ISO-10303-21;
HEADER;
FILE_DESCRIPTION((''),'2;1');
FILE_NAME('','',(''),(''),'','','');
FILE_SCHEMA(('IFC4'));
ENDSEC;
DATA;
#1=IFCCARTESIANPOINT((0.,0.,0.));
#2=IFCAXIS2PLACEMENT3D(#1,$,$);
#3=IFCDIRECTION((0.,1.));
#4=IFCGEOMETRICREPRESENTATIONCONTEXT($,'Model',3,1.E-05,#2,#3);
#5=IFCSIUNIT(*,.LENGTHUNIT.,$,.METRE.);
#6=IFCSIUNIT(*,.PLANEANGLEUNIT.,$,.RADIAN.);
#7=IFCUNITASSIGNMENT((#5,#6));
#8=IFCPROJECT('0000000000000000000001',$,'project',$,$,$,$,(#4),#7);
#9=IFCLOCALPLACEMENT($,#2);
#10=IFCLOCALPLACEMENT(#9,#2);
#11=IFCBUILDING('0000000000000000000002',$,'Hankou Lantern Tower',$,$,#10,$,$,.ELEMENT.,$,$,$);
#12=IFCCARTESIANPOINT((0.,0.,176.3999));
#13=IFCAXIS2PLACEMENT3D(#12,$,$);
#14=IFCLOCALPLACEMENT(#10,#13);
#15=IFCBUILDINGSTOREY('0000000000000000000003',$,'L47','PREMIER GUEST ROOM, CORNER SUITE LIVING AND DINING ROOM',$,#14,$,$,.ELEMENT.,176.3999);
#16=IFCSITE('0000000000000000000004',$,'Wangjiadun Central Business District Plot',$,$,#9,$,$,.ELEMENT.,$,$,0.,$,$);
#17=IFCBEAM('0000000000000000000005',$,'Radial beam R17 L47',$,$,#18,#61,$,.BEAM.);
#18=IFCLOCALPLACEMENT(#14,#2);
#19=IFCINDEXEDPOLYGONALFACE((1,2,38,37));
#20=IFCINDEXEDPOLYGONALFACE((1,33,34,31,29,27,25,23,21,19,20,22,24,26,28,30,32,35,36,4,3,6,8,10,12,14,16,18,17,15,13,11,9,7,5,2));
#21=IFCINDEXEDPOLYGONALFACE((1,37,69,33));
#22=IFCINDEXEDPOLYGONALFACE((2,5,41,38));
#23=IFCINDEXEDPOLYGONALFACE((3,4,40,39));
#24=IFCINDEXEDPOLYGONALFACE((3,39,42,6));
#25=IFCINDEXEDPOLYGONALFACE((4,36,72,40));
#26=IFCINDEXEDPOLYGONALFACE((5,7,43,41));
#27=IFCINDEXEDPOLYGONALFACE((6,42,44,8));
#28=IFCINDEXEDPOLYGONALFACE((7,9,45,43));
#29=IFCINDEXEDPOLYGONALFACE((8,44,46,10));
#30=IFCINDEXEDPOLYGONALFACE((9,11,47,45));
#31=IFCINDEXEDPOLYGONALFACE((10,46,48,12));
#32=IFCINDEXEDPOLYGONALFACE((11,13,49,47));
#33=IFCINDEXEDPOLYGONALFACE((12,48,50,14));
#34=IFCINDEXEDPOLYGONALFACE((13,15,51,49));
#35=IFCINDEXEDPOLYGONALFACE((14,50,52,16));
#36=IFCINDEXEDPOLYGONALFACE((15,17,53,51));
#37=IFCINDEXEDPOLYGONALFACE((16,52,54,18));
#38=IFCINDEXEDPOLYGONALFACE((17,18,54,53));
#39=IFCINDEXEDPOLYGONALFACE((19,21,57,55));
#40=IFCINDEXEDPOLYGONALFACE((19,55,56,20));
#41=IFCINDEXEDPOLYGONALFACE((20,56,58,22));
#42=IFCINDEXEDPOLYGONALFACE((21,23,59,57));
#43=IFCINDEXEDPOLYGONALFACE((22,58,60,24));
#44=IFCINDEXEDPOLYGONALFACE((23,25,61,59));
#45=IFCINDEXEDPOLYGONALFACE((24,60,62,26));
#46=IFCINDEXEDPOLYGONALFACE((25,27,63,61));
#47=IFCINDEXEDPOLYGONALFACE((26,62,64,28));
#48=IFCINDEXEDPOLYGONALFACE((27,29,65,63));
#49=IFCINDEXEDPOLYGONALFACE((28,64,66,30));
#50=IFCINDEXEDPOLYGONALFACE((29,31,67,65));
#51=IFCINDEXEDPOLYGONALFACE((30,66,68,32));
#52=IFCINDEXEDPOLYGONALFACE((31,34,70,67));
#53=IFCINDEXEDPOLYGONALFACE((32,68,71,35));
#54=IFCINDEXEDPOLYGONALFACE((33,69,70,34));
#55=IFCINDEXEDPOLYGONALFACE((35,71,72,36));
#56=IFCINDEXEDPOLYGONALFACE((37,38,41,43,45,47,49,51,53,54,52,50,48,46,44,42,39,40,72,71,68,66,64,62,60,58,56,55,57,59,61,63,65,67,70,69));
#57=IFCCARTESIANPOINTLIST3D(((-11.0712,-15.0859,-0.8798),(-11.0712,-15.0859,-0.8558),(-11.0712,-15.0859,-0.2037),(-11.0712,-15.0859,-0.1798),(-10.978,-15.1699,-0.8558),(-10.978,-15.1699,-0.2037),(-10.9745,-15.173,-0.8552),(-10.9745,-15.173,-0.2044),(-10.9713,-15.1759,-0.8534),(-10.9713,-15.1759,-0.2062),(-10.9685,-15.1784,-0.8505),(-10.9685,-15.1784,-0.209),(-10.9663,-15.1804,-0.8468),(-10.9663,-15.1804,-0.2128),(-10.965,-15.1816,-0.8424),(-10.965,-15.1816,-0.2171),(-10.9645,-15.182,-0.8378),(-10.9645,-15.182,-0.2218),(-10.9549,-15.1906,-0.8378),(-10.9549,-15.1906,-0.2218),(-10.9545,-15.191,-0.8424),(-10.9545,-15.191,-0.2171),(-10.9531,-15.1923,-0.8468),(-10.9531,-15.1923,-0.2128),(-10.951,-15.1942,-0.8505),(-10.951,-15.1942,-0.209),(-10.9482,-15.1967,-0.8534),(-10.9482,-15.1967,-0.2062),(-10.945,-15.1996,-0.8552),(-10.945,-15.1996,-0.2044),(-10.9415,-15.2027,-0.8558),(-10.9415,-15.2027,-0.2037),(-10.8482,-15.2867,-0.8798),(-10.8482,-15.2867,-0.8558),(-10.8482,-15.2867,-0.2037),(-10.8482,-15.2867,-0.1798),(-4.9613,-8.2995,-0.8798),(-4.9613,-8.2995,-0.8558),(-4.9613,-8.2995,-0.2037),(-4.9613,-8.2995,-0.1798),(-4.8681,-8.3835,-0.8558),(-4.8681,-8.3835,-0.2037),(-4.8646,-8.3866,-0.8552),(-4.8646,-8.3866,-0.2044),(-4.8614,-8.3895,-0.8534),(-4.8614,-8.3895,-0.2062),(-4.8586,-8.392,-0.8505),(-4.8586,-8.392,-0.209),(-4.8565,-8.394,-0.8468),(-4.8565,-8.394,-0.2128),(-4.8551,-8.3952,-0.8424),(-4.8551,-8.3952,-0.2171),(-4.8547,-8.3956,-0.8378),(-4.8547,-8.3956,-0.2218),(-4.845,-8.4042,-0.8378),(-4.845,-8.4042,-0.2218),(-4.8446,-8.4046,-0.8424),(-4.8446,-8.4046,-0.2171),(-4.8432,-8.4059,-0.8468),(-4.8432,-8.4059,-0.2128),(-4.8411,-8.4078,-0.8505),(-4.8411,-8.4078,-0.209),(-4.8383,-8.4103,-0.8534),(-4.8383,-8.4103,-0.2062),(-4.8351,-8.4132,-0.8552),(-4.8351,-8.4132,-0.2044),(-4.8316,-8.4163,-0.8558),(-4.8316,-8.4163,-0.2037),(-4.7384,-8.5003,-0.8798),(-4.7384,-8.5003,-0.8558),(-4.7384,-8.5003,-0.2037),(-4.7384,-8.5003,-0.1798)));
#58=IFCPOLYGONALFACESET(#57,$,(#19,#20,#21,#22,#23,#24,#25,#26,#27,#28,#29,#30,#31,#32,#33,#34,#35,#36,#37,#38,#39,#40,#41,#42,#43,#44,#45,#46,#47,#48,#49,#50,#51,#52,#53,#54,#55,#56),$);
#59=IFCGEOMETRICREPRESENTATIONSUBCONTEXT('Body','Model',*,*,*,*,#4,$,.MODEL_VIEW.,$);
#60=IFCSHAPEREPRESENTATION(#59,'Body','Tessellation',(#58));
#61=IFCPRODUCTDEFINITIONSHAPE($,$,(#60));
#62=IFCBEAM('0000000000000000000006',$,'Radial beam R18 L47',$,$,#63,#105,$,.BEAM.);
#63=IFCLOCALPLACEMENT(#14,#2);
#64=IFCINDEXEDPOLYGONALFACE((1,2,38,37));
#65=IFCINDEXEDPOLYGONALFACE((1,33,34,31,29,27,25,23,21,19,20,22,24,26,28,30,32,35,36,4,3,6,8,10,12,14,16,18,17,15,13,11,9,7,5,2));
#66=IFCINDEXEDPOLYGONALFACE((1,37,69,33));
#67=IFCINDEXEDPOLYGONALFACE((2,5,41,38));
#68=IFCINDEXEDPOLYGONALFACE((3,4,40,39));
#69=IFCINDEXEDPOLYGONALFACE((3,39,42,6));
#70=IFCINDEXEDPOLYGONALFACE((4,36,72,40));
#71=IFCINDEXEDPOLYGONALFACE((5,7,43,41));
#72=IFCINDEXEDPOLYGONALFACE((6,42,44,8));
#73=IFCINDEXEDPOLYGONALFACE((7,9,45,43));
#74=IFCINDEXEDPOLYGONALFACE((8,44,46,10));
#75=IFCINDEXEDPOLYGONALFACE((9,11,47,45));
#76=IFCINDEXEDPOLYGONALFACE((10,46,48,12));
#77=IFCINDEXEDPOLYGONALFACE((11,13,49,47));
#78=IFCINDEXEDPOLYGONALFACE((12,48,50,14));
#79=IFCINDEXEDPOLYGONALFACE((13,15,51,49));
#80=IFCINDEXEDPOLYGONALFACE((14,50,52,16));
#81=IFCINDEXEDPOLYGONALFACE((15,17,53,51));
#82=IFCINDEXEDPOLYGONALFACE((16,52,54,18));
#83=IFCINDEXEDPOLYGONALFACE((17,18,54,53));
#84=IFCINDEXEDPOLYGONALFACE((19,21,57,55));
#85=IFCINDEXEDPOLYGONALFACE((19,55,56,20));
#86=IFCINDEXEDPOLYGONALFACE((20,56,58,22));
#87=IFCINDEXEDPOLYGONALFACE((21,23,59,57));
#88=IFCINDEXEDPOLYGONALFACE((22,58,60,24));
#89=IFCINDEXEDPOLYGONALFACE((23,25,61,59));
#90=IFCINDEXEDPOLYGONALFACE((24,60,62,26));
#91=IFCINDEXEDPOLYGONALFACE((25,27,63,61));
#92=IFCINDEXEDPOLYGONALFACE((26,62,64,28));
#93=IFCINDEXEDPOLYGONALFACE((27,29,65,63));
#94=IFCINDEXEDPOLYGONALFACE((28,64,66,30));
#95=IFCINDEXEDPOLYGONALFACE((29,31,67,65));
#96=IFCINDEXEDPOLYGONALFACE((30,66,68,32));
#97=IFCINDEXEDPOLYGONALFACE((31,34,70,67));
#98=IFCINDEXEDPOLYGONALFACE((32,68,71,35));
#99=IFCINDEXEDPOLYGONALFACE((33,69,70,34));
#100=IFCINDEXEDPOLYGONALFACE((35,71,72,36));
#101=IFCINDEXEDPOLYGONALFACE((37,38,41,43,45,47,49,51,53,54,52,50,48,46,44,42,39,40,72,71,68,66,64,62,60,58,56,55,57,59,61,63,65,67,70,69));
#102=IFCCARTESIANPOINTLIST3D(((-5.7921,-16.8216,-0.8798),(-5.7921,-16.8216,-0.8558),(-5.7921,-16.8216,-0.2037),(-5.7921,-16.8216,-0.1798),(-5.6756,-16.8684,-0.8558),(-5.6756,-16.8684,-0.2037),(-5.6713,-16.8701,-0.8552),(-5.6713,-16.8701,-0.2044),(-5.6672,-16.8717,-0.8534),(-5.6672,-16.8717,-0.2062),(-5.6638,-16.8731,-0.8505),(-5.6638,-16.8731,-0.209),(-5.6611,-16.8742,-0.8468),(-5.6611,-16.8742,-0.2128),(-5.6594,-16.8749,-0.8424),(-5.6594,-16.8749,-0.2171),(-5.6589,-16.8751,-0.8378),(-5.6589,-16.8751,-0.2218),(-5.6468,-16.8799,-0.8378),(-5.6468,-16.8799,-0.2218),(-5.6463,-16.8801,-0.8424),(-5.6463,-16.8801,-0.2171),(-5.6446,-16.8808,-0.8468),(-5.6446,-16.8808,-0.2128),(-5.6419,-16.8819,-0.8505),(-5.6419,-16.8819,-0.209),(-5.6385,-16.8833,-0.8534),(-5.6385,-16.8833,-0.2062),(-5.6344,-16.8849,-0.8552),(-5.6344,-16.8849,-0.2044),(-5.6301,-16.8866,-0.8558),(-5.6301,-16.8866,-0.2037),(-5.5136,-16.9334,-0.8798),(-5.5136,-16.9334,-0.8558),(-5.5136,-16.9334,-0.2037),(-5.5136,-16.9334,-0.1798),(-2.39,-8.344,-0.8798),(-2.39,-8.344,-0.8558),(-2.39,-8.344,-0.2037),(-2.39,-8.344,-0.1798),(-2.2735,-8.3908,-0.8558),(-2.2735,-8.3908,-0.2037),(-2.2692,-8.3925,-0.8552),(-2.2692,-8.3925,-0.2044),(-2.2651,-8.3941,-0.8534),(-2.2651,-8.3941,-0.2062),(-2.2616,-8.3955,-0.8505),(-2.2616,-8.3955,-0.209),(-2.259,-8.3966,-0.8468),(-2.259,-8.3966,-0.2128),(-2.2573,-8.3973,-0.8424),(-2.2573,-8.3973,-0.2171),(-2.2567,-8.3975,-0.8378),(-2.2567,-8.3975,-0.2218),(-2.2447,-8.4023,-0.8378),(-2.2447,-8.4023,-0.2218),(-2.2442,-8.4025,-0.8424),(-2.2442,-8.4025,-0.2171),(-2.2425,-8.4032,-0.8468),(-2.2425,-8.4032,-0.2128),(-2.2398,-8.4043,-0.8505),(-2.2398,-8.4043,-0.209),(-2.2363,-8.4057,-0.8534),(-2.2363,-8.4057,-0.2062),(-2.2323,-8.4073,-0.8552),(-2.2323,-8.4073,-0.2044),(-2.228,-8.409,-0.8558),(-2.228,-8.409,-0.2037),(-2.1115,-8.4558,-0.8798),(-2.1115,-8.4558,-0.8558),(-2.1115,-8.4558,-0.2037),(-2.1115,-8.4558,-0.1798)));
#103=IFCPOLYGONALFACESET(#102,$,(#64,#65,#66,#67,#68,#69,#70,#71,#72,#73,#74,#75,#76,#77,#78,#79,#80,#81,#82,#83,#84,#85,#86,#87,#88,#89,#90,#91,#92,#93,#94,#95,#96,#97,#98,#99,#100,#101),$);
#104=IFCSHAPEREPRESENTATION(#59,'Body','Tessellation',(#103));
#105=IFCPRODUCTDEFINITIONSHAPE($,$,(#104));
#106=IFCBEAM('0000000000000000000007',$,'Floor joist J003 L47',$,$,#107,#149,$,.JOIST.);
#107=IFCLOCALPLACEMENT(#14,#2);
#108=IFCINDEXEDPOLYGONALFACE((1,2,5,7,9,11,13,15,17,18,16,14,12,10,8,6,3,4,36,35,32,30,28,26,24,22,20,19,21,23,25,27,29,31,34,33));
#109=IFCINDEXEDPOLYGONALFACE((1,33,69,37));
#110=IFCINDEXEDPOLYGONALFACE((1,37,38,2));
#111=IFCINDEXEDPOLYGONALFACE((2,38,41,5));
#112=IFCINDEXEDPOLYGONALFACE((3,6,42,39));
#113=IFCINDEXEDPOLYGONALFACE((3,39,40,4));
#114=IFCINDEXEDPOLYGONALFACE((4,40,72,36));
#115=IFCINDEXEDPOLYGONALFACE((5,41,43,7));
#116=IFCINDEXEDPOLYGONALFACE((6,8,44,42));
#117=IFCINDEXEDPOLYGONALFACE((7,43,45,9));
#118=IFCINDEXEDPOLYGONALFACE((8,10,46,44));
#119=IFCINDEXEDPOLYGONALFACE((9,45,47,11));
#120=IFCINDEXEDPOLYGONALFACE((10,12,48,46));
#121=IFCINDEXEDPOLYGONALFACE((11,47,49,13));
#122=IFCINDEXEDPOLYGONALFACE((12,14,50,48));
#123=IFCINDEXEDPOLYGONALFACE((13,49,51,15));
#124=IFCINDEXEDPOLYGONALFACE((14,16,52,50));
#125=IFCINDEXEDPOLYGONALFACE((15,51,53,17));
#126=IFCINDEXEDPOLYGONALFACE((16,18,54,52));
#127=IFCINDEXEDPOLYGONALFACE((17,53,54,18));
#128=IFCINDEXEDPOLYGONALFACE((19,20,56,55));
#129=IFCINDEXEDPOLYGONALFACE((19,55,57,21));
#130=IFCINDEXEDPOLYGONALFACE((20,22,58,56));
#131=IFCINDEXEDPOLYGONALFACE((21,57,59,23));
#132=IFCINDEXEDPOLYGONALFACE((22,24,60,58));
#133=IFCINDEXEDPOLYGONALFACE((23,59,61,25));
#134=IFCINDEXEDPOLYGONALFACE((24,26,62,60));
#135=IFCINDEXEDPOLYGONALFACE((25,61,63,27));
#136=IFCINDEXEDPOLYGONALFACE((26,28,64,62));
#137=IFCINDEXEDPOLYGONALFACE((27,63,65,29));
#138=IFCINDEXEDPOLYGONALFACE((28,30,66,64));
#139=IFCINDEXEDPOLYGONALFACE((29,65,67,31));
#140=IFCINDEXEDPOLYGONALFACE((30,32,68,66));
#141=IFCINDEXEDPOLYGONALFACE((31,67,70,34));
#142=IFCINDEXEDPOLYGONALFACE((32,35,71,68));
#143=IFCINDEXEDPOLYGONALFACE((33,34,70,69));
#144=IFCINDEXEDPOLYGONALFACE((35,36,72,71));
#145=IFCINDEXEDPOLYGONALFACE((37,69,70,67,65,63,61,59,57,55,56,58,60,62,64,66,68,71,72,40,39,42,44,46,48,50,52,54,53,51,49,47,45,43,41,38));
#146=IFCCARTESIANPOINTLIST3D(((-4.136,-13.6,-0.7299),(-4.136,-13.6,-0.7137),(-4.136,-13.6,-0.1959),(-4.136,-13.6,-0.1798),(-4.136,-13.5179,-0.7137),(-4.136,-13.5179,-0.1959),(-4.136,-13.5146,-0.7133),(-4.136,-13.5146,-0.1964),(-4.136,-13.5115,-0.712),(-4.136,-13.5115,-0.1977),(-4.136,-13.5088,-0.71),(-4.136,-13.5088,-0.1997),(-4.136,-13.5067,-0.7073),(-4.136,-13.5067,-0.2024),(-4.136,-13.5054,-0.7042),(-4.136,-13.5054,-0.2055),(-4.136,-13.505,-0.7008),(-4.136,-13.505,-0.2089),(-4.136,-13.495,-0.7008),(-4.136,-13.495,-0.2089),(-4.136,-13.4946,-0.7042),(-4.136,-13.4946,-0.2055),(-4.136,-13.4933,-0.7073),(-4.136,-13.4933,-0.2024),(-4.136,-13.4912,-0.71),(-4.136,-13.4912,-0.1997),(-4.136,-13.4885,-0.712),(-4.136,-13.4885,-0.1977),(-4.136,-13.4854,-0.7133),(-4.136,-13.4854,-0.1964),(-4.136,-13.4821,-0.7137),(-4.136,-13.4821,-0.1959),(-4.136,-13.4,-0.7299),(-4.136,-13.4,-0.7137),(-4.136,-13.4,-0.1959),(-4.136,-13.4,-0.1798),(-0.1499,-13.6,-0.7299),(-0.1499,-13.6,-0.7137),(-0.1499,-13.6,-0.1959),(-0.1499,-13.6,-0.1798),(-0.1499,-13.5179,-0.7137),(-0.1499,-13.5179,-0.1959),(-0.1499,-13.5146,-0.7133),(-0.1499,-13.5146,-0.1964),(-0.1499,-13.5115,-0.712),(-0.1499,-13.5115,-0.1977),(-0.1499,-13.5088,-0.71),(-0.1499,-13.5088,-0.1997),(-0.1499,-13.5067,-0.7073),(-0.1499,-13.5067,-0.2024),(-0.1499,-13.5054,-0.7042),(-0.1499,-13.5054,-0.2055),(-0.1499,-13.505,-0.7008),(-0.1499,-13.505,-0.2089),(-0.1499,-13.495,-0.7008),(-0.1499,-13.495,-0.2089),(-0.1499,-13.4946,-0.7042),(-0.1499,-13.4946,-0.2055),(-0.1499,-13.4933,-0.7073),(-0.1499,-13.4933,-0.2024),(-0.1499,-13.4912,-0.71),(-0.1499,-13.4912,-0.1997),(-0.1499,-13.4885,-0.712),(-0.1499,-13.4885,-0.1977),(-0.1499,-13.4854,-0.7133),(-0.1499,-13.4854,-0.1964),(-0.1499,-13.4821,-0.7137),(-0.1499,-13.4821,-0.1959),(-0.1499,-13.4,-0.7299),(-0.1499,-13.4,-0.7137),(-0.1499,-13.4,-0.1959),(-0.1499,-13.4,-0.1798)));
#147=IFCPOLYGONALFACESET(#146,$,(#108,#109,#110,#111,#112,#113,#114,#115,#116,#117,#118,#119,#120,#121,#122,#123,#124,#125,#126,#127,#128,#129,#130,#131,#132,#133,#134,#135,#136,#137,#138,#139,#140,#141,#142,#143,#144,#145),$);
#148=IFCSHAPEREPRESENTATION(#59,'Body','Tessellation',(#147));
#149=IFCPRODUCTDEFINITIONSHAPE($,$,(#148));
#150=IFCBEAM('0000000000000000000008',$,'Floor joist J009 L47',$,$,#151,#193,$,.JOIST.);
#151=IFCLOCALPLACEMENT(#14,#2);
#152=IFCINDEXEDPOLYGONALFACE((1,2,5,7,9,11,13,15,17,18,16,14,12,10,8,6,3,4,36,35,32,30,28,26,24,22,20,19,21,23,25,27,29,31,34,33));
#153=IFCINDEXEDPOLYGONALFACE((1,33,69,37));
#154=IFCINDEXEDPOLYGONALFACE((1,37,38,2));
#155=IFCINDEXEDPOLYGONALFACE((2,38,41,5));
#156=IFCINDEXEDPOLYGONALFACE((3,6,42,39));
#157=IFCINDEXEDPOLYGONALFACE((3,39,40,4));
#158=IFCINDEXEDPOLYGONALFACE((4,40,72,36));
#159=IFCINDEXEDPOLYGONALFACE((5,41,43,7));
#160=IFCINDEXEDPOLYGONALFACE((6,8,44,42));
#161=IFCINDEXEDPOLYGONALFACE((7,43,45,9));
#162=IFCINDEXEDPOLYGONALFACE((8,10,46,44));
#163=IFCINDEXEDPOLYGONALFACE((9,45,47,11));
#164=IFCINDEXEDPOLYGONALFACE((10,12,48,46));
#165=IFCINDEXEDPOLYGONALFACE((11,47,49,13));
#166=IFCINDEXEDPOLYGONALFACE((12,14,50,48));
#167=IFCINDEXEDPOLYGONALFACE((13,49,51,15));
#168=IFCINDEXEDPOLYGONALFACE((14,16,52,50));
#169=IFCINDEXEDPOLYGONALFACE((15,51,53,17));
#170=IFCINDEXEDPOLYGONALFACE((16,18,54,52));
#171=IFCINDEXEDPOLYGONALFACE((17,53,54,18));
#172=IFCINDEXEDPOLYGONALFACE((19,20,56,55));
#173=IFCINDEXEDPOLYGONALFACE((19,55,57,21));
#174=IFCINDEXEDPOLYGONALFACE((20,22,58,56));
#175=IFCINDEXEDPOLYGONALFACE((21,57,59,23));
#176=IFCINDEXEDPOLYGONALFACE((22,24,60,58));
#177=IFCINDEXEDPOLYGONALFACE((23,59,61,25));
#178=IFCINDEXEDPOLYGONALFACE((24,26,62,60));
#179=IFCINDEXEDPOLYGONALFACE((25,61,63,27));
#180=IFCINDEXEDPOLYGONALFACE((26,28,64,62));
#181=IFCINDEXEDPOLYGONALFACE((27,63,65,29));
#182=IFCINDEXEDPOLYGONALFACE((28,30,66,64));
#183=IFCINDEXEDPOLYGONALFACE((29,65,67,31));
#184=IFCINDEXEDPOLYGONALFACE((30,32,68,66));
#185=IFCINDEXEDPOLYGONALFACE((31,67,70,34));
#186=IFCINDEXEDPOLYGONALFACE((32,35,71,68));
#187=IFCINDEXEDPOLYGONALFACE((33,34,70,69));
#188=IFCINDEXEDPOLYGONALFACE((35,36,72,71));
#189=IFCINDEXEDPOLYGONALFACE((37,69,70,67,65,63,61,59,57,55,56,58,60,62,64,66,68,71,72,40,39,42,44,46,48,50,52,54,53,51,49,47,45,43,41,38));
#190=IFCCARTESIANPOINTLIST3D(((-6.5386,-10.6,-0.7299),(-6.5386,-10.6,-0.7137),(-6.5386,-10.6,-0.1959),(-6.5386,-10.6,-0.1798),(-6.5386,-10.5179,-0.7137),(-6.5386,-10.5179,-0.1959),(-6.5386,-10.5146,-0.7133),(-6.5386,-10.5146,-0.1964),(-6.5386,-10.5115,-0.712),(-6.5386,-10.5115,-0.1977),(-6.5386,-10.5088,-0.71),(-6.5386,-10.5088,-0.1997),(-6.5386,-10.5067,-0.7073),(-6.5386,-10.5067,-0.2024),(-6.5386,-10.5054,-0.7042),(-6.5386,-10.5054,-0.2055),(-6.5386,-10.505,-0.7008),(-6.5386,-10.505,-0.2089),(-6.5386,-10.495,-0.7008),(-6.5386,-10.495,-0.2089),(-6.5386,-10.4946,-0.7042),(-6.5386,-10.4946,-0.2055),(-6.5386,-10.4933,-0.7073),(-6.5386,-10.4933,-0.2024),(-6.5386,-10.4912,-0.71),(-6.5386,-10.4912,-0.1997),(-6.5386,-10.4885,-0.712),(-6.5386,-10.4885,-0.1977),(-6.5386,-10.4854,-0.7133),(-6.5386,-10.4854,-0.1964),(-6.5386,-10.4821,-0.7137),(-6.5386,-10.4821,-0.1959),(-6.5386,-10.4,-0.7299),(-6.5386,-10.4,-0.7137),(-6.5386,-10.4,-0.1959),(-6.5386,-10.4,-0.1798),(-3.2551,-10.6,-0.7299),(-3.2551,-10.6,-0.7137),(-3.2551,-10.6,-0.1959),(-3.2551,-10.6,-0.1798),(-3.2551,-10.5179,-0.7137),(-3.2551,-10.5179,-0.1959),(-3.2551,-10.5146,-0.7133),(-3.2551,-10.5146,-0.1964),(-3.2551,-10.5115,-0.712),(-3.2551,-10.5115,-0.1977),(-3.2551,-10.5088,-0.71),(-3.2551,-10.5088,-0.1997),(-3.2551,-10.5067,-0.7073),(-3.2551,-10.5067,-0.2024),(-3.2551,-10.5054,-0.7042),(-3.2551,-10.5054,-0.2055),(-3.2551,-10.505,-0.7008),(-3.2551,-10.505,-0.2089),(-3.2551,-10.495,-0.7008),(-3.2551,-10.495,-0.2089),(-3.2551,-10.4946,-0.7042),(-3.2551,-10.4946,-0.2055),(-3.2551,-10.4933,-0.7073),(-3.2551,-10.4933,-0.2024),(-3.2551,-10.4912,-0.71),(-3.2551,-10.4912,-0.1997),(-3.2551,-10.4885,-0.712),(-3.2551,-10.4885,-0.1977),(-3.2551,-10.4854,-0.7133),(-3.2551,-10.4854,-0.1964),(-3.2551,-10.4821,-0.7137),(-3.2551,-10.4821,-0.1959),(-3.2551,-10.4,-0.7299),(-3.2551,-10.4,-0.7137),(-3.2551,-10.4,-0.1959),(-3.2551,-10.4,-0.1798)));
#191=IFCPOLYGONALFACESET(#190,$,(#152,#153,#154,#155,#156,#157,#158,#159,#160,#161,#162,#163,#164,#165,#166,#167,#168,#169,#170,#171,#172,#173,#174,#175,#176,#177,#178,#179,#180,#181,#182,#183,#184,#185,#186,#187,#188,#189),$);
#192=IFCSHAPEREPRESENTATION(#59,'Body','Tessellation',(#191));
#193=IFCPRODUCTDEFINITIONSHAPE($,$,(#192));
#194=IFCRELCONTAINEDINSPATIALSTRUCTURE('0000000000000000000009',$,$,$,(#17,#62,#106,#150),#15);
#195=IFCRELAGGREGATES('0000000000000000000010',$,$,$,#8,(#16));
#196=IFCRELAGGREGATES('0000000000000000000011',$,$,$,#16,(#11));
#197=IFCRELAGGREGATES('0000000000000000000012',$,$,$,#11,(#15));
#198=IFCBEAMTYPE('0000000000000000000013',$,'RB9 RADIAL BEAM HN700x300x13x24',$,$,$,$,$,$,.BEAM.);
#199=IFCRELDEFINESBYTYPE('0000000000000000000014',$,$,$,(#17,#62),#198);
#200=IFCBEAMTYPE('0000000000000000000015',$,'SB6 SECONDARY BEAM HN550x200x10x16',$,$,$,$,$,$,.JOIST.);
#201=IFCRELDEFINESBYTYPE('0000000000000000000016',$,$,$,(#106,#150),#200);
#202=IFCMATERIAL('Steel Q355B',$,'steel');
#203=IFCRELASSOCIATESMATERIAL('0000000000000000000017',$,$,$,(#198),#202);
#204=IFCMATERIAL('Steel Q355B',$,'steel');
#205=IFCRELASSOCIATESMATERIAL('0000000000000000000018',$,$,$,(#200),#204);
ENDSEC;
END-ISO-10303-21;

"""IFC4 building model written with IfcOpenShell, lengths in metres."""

from ifc_helpers import new_model, si_unit, direction, frame, origin, origin_2d, place, context, subcontext, project, spatial, i_section, extrude, material, material_profile, profile_set, type_object, element, save


model = new_model("IFC4")

# Units and contexts
model_context = context("Model", 3, precision=1e-05, world=origin(), true_north=direction((0.0, 1.0)))
body_context = subcontext(model_context, "Body", "Model", "MODEL_VIEW")
ifc_project = project(units=[si_unit("LENGTHUNIT", "METRE"), si_unit("PLANEANGLEUNIT", "RADIAN")], contexts=[model_context])

# Site, building, storey
site_placement = place(None, origin())
site = spatial("IfcSite", under=ifc_project, at=site_placement, Name="Wangjiadun Central Business District Plot", CompositionType="ELEMENT", RefElevation=0.0)
building_placement = place(site_placement, origin())
building = spatial("IfcBuilding", under=site, at=building_placement, Name="Hankou Lantern Tower", CompositionType="ELEMENT")
storey_placement = place(building_placement, frame((0.0, 0.0, 176.3999)))
storey = spatial("IfcBuildingStorey", under=building, at=storey_placement, Name="L47", Description="PREMIER GUEST ROOM, CORNER SUITE LIVING AND DINING ROOM", CompositionType="ELEMENT", Elevation=176.3999)

# Beams
ifc_material_1 = material(Name="Steel Q355B", Category="steel")
ifc_material_profile_1 = material_profile(ifc_material_1, i_section(OverallWidth=0.3, OverallDepth=0.7, WebThickness=0.0129, FlangeThickness=0.0239, FilletRadius=0.0181, at=origin_2d()), Name="HN700x300x13x24")
ifc_profile_set_1 = profile_set([ifc_material_profile_1], Name="Steel Q355B")
beam_type_1 = type_object("IfcBeamType", Name="RB9 RADIAL BEAM HN700x300x13x24", PredefinedType="BEAM", material=ifc_profile_set_1)
beam_1_placement = place(storey_placement, frame((-4.8499, -8.3999, -0.5298), z_axis=(-0.669093, -0.743178, 0.0), x_axis=(0.743178, -0.669093, 0.0)))
element("IfcBeam", 1, at=beam_1_placement, inside=storey, type_object=beam_type_1, Name="Radial beam R17 L47", PredefinedType="BEAM", context=body_context, shape_type="SweptSolid", body=[
    extrude(i_section(OverallWidth=0.3, OverallDepth=0.7, WebThickness=0.0129, FlangeThickness=0.0239, FilletRadius=0.0181, at=origin_2d()), origin(), (0.0, 0.0, 1.0), 9.1316),
])
beam_2_placement = place(storey_placement, frame((-2.2507, -8.3999, -0.5298), z_axis=(-0.372436, -0.928058, 0.0), x_axis=(0.928058, -0.372436, 0.0)))
element("IfcBeam", 2, at=beam_2_placement, inside=storey, type_object=beam_type_1, Name="Radial beam R18 L47", PredefinedType="BEAM", context=body_context, shape_type="SweptSolid", body=[
    extrude(i_section(OverallWidth=0.3, OverallDepth=0.7, WebThickness=0.0129, FlangeThickness=0.0239, FilletRadius=0.0181, at=origin_2d()), origin(), (0.0, 0.0, 1.0), 9.1348),
])
ifc_material_2 = material(Name="Steel Q355B", Category="steel")
ifc_material_profile_2 = material_profile(ifc_material_2, i_section(OverallWidth=0.2, OverallDepth=0.55, WebThickness=0.01, FlangeThickness=0.0161, FilletRadius=0.0129, at=origin_2d()), Name="HN550x200x10x16")
ifc_profile_set_2 = profile_set([ifc_material_profile_2], Name="Steel Q355B")
beam_type_2 = type_object("IfcBeamType", Name="SB6 SECONDARY BEAM HN550x200x10x16", PredefinedType="JOIST", material=ifc_profile_set_2)
beam_3_placement = place(storey_placement, frame((-4.136, -13.5, -0.4548), z_axis=(1.0, 0.0, 0.0), x_axis=(0.0, 1.0, 0.0)))
element("IfcBeam", 3, at=beam_3_placement, inside=storey, type_object=beam_type_2, Name="Floor joist J003 L47", PredefinedType="JOIST", context=body_context, shape_type="SweptSolid", body=[
    extrude(i_section(OverallWidth=0.2, OverallDepth=0.55, WebThickness=0.01, FlangeThickness=0.0161, FilletRadius=0.0129, at=origin_2d()), origin(), (0.0, 0.0, 1.0), 3.9861),
])
beam_4_placement = place(storey_placement, frame((-6.5386, -10.5, -0.4548), z_axis=(1.0, 0.0, 0.0), x_axis=(0.0, 1.0, 0.0)))
element("IfcBeam", 4, at=beam_4_placement, inside=storey, type_object=beam_type_2, Name="Floor joist J009 L47", PredefinedType="JOIST", context=body_context, shape_type="SweptSolid", body=[
    extrude(i_section(OverallWidth=0.2, OverallDepth=0.55, WebThickness=0.01, FlangeThickness=0.0161, FilletRadius=0.0129, at=origin_2d()), origin(), (0.0, 0.0, 1.0), 3.2834),
])

save(model, "model.ifc")
